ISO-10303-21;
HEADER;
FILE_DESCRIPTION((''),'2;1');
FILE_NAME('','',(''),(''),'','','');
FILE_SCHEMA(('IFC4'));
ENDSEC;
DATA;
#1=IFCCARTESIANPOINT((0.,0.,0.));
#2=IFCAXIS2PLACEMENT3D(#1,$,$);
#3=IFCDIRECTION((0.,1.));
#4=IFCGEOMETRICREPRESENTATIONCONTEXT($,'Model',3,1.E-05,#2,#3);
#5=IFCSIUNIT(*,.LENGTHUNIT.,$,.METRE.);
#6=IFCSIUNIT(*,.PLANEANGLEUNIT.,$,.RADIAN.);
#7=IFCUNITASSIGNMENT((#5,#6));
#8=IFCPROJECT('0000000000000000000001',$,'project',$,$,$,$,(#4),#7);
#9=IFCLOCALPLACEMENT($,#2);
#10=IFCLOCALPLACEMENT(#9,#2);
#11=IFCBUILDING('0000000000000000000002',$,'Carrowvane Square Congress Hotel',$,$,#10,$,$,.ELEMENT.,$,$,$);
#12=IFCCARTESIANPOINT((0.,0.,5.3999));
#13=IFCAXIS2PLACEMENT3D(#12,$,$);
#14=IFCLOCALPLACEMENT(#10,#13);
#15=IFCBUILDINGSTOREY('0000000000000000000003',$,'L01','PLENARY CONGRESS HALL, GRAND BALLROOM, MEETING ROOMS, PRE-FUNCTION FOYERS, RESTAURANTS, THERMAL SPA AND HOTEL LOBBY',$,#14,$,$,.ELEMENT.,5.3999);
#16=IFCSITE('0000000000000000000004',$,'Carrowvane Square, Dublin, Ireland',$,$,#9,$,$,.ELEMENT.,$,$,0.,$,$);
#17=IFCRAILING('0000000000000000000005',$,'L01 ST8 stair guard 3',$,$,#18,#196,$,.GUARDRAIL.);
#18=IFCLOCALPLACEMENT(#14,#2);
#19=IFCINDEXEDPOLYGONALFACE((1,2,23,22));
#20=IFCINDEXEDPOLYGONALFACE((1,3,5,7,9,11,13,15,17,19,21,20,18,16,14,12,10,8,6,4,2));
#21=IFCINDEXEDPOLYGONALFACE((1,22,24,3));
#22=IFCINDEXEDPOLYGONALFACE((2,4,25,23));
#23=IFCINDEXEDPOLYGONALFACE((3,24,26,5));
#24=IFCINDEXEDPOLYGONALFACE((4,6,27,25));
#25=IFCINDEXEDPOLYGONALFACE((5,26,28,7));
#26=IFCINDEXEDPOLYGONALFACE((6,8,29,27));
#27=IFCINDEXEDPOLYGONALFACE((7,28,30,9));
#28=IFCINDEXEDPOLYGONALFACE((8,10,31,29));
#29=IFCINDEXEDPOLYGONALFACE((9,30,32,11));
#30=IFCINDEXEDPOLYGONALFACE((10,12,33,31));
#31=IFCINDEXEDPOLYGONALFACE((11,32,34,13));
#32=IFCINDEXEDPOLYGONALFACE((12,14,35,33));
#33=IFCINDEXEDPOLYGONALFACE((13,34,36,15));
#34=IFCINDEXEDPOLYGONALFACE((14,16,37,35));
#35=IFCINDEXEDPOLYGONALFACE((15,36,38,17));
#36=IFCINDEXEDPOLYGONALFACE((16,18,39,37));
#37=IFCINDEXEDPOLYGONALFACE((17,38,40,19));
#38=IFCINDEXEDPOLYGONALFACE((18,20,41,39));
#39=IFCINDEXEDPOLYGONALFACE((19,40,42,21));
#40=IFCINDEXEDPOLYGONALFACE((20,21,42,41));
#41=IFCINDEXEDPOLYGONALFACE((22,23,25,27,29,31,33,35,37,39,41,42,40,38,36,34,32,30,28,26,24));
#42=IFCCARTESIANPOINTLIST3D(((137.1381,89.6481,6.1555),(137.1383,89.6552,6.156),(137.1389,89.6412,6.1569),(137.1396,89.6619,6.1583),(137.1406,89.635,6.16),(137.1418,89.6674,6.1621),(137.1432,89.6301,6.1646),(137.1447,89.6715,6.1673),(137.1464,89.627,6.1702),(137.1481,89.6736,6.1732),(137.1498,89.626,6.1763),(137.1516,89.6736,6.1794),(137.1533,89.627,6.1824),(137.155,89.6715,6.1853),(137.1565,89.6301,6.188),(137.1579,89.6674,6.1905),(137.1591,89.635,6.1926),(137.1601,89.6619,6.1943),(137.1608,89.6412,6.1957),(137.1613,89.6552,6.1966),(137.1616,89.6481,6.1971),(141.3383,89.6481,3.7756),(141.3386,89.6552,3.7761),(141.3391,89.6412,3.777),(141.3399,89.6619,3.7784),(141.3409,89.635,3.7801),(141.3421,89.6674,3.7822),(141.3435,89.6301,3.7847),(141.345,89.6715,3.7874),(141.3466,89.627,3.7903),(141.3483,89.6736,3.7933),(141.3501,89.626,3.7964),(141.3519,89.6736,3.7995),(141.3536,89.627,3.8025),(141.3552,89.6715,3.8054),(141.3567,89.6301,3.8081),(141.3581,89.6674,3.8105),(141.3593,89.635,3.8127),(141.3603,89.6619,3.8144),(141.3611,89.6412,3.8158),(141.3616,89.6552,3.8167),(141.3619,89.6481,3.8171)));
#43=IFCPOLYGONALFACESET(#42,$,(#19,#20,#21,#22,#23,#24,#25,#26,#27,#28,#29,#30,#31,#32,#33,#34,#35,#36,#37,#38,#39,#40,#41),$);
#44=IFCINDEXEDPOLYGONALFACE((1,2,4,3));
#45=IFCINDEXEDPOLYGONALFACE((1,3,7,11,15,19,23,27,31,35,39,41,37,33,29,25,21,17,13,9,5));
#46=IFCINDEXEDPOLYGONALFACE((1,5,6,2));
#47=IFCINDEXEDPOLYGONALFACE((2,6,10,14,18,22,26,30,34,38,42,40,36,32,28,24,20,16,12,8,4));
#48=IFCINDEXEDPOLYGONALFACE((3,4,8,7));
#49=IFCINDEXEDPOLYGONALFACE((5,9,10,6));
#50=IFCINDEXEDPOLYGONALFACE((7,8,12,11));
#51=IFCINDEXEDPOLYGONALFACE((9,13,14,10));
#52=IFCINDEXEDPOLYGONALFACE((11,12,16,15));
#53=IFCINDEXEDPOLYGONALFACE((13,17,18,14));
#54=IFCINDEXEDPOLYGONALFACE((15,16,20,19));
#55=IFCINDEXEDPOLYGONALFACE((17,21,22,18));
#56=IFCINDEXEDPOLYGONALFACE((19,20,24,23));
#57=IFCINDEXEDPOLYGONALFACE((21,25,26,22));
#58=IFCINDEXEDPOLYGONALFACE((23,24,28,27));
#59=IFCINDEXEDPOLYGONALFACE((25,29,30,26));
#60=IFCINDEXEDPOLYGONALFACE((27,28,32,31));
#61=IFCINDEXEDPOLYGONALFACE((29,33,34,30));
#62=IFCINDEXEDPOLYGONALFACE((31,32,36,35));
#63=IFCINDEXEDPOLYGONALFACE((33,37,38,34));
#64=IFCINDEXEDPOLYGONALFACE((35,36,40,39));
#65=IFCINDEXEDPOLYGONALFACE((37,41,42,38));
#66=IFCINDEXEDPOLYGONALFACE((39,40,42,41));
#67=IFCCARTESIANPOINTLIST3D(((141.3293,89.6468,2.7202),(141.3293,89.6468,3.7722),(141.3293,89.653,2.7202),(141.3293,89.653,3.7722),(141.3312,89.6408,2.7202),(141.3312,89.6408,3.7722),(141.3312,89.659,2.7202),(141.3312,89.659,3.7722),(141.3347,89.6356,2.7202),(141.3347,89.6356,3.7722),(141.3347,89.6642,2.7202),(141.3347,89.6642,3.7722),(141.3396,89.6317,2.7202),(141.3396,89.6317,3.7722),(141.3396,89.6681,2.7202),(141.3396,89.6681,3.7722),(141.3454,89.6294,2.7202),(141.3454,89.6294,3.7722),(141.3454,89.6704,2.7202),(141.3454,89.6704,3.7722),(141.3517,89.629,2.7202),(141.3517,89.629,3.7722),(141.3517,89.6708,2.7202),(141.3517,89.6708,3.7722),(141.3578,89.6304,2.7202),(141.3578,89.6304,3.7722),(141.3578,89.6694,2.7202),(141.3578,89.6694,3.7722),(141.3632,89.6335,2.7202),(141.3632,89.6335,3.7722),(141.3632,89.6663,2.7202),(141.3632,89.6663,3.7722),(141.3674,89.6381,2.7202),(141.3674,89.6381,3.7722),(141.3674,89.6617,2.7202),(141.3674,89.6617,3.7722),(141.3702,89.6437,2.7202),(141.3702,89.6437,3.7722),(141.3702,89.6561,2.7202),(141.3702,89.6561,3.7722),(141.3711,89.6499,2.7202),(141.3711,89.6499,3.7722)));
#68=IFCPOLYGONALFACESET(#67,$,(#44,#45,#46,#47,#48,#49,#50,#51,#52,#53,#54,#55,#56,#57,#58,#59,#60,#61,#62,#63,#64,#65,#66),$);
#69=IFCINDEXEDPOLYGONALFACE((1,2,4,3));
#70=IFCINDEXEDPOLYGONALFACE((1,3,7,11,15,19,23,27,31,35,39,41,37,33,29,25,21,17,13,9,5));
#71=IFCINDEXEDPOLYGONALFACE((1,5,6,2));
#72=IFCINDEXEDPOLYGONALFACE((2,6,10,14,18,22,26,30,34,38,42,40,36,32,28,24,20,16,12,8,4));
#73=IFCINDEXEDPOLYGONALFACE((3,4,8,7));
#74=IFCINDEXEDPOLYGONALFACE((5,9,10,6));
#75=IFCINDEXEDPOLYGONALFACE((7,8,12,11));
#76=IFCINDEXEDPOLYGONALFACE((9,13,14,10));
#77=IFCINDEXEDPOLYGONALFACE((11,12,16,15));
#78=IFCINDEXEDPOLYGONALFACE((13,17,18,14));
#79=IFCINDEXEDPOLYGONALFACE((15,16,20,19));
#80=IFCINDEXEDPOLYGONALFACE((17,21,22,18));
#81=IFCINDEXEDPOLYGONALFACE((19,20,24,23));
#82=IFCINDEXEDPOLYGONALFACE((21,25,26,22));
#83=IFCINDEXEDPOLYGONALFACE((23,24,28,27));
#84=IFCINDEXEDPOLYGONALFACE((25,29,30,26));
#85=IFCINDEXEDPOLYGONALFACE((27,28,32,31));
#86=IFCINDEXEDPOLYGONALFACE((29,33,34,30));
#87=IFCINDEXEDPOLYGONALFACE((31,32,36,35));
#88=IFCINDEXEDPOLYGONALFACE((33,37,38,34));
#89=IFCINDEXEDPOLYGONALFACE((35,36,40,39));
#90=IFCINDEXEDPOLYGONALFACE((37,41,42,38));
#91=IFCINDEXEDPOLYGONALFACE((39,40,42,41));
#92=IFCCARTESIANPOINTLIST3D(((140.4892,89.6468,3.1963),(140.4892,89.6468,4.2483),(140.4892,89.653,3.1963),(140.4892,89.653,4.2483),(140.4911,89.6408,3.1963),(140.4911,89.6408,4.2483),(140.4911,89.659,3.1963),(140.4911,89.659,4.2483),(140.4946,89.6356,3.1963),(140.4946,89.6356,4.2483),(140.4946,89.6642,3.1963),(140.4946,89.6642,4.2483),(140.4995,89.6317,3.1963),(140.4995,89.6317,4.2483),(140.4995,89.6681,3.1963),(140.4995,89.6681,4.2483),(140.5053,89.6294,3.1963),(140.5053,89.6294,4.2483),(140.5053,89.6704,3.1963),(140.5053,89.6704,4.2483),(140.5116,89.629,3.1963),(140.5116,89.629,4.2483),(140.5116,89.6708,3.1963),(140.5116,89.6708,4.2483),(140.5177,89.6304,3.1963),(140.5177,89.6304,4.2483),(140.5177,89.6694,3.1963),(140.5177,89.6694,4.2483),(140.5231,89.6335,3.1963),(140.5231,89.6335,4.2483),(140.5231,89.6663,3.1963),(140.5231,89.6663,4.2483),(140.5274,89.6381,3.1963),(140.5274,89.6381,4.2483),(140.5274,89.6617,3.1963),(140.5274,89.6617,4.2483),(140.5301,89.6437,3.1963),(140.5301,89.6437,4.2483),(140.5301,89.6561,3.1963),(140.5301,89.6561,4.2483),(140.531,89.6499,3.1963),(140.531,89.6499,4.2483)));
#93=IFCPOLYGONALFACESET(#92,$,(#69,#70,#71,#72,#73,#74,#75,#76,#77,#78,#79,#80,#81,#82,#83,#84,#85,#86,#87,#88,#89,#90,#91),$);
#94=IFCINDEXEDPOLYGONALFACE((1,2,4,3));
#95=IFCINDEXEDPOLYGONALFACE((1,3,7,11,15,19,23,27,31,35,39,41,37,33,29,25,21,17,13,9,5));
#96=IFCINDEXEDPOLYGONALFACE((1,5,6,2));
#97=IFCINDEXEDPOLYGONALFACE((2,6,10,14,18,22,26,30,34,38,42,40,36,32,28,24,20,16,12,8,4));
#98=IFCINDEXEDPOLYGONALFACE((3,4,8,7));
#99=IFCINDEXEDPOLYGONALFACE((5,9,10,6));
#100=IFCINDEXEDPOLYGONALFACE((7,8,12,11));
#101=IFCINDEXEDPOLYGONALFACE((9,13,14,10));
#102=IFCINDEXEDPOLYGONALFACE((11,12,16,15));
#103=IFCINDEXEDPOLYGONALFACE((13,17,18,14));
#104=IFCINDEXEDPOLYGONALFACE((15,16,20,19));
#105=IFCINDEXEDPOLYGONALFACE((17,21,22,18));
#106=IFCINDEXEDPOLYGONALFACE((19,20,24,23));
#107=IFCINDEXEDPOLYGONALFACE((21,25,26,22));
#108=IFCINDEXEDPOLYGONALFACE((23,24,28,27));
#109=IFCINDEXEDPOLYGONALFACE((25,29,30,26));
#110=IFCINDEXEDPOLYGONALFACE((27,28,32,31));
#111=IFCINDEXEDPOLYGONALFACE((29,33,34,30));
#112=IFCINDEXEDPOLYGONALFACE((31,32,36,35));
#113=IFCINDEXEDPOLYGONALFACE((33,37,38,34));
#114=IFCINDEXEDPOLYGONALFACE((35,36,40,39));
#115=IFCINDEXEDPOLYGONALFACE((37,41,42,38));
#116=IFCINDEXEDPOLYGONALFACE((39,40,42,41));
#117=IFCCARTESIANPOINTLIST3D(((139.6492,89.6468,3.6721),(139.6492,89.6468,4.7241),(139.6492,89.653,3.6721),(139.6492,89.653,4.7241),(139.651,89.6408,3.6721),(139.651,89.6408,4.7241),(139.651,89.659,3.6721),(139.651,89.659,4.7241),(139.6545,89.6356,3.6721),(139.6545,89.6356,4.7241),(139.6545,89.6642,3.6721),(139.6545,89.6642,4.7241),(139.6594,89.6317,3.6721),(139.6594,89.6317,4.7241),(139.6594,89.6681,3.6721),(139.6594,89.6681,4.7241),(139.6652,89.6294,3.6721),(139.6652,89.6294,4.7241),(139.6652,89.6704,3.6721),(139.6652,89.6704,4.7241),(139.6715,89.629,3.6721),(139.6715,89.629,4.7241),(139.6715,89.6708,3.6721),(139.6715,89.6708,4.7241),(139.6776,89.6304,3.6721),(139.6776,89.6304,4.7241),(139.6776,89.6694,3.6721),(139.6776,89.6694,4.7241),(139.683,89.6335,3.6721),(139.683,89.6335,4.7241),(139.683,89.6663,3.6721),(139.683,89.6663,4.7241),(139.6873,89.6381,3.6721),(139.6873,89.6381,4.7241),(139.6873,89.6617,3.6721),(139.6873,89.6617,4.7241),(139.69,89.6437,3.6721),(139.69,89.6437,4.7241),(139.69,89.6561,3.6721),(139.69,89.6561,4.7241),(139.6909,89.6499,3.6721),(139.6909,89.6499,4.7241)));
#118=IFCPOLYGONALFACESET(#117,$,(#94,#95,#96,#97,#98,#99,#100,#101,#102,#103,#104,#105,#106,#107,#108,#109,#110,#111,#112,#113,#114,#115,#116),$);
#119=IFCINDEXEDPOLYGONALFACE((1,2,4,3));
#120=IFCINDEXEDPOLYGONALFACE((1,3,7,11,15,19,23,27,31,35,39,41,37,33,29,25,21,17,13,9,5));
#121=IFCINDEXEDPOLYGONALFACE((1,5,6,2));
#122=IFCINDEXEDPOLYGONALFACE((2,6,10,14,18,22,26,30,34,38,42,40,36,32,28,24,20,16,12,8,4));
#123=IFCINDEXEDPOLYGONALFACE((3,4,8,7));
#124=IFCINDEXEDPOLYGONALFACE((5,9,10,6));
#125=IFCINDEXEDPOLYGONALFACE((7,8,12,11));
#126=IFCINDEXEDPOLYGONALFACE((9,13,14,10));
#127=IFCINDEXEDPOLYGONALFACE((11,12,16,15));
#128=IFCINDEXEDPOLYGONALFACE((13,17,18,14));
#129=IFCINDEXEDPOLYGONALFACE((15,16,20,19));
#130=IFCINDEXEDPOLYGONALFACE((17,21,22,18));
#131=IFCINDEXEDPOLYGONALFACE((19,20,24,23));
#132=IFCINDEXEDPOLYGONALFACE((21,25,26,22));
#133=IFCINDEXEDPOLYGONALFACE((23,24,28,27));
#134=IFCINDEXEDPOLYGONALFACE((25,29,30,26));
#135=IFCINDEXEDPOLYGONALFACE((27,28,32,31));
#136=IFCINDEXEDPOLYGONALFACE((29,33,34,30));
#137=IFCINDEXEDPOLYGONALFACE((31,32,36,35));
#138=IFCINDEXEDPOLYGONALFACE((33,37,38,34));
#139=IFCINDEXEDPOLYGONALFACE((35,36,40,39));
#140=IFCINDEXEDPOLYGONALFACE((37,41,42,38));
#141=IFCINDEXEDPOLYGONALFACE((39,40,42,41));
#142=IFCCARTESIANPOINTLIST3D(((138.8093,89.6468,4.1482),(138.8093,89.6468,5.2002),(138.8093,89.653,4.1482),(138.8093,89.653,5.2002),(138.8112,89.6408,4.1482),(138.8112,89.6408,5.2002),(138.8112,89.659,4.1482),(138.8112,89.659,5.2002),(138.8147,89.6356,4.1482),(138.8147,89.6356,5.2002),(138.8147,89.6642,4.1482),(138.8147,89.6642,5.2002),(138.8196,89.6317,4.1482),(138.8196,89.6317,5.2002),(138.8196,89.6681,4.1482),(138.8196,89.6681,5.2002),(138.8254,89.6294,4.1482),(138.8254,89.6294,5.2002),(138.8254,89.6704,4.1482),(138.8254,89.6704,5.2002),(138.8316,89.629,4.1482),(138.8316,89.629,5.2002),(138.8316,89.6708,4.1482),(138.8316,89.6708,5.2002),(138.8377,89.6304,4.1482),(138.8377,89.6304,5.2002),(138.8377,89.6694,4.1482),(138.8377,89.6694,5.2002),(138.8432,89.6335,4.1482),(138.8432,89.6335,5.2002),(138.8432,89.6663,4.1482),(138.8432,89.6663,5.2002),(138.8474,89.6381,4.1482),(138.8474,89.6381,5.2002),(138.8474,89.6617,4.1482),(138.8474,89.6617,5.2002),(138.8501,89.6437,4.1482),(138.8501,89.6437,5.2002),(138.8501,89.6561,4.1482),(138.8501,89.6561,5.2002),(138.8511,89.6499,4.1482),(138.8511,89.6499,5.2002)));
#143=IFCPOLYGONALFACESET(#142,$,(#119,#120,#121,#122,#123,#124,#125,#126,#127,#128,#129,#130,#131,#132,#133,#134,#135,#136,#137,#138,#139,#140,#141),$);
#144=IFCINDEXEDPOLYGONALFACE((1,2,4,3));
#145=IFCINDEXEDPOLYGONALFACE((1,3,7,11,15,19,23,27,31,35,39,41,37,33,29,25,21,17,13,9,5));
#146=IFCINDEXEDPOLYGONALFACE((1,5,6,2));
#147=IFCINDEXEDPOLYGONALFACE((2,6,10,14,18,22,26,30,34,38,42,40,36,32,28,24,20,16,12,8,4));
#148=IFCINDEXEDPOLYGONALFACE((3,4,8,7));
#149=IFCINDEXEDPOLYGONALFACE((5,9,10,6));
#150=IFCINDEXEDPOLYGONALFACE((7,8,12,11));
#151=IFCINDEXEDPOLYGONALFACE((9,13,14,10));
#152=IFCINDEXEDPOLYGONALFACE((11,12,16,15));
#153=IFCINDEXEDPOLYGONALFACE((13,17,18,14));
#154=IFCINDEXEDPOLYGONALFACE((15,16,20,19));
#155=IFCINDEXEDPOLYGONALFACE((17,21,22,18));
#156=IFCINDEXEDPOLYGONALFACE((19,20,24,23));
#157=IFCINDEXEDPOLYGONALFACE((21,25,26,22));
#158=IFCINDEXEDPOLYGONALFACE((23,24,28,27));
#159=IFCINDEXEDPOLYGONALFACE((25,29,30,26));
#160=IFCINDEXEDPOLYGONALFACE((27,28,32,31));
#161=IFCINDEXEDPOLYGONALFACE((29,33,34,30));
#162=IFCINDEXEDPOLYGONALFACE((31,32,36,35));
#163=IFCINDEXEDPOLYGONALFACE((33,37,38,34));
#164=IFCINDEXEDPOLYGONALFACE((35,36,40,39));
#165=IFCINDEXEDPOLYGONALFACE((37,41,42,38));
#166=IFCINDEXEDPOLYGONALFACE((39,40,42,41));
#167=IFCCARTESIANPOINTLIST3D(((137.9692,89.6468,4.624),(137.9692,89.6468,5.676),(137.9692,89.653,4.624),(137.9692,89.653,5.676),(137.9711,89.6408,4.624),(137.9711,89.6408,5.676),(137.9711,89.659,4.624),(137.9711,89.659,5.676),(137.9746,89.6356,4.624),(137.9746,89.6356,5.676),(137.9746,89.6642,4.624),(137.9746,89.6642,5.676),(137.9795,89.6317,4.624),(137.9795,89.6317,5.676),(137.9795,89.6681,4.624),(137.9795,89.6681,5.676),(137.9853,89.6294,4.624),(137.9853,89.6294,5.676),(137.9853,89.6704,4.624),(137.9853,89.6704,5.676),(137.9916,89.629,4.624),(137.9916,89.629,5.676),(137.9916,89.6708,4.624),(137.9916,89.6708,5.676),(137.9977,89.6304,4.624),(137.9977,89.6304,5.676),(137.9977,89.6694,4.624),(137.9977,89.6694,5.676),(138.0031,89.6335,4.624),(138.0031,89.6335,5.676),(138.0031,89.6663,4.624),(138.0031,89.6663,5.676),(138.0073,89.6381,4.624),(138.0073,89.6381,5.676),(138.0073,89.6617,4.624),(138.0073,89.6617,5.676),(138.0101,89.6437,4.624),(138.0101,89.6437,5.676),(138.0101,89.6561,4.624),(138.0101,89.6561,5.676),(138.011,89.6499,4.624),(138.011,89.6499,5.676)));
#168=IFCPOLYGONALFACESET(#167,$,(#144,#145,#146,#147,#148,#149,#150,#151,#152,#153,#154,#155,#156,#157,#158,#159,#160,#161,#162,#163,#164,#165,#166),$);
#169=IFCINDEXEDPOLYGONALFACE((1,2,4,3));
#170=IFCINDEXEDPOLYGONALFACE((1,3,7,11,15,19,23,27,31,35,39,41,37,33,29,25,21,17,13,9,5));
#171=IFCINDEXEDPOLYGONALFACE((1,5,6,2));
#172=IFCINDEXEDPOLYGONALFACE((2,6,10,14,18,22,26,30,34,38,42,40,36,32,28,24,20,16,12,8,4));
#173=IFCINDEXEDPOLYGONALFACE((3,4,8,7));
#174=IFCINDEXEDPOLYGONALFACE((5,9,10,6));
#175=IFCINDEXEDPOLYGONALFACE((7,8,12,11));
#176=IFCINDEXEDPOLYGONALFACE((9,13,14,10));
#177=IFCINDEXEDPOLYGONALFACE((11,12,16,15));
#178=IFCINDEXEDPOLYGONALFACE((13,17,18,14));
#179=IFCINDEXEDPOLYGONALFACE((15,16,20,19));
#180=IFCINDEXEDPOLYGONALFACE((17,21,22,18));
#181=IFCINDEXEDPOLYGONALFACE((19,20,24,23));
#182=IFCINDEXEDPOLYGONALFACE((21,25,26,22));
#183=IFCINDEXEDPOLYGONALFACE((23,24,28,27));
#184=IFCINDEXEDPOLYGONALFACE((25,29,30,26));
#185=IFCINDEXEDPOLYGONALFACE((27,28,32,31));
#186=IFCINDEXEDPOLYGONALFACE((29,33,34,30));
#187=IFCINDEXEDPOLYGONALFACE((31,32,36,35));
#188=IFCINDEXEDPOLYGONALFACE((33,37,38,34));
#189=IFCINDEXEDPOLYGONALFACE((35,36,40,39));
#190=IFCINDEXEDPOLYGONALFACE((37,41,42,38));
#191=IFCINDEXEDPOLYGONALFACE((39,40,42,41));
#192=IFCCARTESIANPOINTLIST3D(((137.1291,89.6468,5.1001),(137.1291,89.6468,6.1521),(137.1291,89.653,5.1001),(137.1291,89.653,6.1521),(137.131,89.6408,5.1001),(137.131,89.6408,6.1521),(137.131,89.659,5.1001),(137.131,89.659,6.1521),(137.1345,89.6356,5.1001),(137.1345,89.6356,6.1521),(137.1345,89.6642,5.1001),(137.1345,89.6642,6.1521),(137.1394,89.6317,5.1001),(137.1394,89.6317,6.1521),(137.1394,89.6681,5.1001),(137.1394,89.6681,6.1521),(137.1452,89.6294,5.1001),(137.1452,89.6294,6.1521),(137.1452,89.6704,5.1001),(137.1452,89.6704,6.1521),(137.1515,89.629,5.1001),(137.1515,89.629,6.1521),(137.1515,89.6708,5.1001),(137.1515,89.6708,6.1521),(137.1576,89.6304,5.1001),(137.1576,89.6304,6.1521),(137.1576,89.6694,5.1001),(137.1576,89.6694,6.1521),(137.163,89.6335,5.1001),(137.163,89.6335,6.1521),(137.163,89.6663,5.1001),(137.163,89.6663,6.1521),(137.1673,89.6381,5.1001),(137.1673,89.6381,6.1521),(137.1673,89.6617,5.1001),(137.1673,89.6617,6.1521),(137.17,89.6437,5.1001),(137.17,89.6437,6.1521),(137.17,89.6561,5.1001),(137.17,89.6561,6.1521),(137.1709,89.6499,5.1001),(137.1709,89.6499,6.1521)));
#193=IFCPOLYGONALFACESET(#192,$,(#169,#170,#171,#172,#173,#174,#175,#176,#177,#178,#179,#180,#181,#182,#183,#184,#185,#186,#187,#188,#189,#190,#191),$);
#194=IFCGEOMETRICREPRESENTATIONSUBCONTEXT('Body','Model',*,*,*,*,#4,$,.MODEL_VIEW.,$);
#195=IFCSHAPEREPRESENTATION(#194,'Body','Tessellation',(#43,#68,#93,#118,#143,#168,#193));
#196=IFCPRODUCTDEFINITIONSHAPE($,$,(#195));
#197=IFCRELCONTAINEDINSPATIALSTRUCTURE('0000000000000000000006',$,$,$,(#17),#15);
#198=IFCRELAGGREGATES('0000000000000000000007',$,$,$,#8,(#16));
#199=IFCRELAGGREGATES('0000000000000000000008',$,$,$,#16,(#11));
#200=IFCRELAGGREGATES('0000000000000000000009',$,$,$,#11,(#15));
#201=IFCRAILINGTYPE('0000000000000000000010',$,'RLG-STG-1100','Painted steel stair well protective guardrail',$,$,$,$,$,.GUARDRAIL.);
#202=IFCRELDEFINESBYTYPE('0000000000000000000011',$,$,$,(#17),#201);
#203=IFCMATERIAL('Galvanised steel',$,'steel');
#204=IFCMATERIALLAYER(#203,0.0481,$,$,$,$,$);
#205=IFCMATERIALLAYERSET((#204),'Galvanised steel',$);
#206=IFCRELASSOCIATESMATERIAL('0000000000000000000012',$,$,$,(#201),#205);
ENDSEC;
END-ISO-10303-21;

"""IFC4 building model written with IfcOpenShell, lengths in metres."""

from ifc_helpers import new_model, si_unit, direction, frame, origin, origin_2d, place, context, subcontext, project, spatial, circle, extrude, material, layer, layer_set, type_object, element, save


model = new_model("IFC4")

# Units and contexts
model_context = context("Model", 3, precision=1e-05, world=origin(), true_north=direction((0.0, 1.0)))
body_context = subcontext(model_context, "Body", "Model", "MODEL_VIEW")
ifc_project = project(units=[si_unit("LENGTHUNIT", "METRE"), si_unit("PLANEANGLEUNIT", "RADIAN")], contexts=[model_context])

# Site, building, storey
site_placement = place(None, origin())
site = spatial("IfcSite", under=ifc_project, at=site_placement, Name="Carrowvane Square, Dublin, Ireland", CompositionType="ELEMENT", RefElevation=0.0)
building_placement = place(site_placement, origin())
building = spatial("IfcBuilding", under=site, at=building_placement, Name="Carrowvane Square Congress Hotel", CompositionType="ELEMENT")
storey_placement = place(building_placement, frame((0.0, 0.0, 5.3999)))
storey = spatial("IfcBuildingStorey", under=building, at=storey_placement, Name="L01", Description="PLENARY CONGRESS HALL, GRAND BALLROOM, MEETING ROOMS, PRE-FUNCTION FOYERS, RESTAURANTS, THERMAL SPA AND HOTEL LOBBY", CompositionType="ELEMENT", Elevation=5.3999)

# Railing
ifc_material_1 = material(Name="Galvanised steel", Category="steel")
ifc_layer_1 = layer(ifc_material_1, 0.0481)
ifc_layer_set_1 = layer_set([ifc_layer_1], Name="Galvanised steel")
railing_type_1 = type_object("IfcRailingType", Name="RLG-STG-1100", Description="Painted steel stair well protective guardrail", PredefinedType="GUARDRAIL", material=ifc_layer_set_1)
railing_1_placement = place(storey_placement, frame((141.3501, 89.6499, 2.7202)))
element("IfcRailing", 1, at=railing_1_placement, inside=storey, type_object=railing_type_1, Name="L01 ST8 stair guard 3", PredefinedType="GUARDRAIL", context=body_context, shape_type="SweptSolid", body=[
    extrude(circle(Radius=0.0239, at=origin_2d()), frame((0.0, 0.0, 1.0762), z_axis=(-0.870042, 0.0, 0.492977), x_axis=(0.0, -1.0, 0.0)), (0.0, 0.0, 1.0), 4.8276),
    extrude(circle(Radius=0.021, at=origin_2d()), origin(), (0.0, 0.0, 1.0), 1.052),
    extrude(circle(Radius=0.021, at=origin_2d()), frame((-0.8401, 0.0, 0.4761)), (0.0, 0.0, 1.0), 1.052),
    extrude(circle(Radius=0.021, at=origin_2d()), frame((-1.6802, 0.0, 0.9519)), (0.0, 0.0, 1.0), 1.052),
    extrude(circle(Radius=0.021, at=origin_2d()), frame((-2.52, 0.0, 1.428)), (0.0, 0.0, 1.0), 1.052),
    extrude(circle(Radius=0.021, at=origin_2d()), frame((-3.3601, 0.0, 1.9038)), (0.0, 0.0, 1.0), 1.052),
    extrude(circle(Radius=0.021, at=origin_2d()), frame((-4.2002, 0.0, 2.3799)), (0.0, 0.0, 1.0), 1.052),
])

save(model, "model.ifc")
